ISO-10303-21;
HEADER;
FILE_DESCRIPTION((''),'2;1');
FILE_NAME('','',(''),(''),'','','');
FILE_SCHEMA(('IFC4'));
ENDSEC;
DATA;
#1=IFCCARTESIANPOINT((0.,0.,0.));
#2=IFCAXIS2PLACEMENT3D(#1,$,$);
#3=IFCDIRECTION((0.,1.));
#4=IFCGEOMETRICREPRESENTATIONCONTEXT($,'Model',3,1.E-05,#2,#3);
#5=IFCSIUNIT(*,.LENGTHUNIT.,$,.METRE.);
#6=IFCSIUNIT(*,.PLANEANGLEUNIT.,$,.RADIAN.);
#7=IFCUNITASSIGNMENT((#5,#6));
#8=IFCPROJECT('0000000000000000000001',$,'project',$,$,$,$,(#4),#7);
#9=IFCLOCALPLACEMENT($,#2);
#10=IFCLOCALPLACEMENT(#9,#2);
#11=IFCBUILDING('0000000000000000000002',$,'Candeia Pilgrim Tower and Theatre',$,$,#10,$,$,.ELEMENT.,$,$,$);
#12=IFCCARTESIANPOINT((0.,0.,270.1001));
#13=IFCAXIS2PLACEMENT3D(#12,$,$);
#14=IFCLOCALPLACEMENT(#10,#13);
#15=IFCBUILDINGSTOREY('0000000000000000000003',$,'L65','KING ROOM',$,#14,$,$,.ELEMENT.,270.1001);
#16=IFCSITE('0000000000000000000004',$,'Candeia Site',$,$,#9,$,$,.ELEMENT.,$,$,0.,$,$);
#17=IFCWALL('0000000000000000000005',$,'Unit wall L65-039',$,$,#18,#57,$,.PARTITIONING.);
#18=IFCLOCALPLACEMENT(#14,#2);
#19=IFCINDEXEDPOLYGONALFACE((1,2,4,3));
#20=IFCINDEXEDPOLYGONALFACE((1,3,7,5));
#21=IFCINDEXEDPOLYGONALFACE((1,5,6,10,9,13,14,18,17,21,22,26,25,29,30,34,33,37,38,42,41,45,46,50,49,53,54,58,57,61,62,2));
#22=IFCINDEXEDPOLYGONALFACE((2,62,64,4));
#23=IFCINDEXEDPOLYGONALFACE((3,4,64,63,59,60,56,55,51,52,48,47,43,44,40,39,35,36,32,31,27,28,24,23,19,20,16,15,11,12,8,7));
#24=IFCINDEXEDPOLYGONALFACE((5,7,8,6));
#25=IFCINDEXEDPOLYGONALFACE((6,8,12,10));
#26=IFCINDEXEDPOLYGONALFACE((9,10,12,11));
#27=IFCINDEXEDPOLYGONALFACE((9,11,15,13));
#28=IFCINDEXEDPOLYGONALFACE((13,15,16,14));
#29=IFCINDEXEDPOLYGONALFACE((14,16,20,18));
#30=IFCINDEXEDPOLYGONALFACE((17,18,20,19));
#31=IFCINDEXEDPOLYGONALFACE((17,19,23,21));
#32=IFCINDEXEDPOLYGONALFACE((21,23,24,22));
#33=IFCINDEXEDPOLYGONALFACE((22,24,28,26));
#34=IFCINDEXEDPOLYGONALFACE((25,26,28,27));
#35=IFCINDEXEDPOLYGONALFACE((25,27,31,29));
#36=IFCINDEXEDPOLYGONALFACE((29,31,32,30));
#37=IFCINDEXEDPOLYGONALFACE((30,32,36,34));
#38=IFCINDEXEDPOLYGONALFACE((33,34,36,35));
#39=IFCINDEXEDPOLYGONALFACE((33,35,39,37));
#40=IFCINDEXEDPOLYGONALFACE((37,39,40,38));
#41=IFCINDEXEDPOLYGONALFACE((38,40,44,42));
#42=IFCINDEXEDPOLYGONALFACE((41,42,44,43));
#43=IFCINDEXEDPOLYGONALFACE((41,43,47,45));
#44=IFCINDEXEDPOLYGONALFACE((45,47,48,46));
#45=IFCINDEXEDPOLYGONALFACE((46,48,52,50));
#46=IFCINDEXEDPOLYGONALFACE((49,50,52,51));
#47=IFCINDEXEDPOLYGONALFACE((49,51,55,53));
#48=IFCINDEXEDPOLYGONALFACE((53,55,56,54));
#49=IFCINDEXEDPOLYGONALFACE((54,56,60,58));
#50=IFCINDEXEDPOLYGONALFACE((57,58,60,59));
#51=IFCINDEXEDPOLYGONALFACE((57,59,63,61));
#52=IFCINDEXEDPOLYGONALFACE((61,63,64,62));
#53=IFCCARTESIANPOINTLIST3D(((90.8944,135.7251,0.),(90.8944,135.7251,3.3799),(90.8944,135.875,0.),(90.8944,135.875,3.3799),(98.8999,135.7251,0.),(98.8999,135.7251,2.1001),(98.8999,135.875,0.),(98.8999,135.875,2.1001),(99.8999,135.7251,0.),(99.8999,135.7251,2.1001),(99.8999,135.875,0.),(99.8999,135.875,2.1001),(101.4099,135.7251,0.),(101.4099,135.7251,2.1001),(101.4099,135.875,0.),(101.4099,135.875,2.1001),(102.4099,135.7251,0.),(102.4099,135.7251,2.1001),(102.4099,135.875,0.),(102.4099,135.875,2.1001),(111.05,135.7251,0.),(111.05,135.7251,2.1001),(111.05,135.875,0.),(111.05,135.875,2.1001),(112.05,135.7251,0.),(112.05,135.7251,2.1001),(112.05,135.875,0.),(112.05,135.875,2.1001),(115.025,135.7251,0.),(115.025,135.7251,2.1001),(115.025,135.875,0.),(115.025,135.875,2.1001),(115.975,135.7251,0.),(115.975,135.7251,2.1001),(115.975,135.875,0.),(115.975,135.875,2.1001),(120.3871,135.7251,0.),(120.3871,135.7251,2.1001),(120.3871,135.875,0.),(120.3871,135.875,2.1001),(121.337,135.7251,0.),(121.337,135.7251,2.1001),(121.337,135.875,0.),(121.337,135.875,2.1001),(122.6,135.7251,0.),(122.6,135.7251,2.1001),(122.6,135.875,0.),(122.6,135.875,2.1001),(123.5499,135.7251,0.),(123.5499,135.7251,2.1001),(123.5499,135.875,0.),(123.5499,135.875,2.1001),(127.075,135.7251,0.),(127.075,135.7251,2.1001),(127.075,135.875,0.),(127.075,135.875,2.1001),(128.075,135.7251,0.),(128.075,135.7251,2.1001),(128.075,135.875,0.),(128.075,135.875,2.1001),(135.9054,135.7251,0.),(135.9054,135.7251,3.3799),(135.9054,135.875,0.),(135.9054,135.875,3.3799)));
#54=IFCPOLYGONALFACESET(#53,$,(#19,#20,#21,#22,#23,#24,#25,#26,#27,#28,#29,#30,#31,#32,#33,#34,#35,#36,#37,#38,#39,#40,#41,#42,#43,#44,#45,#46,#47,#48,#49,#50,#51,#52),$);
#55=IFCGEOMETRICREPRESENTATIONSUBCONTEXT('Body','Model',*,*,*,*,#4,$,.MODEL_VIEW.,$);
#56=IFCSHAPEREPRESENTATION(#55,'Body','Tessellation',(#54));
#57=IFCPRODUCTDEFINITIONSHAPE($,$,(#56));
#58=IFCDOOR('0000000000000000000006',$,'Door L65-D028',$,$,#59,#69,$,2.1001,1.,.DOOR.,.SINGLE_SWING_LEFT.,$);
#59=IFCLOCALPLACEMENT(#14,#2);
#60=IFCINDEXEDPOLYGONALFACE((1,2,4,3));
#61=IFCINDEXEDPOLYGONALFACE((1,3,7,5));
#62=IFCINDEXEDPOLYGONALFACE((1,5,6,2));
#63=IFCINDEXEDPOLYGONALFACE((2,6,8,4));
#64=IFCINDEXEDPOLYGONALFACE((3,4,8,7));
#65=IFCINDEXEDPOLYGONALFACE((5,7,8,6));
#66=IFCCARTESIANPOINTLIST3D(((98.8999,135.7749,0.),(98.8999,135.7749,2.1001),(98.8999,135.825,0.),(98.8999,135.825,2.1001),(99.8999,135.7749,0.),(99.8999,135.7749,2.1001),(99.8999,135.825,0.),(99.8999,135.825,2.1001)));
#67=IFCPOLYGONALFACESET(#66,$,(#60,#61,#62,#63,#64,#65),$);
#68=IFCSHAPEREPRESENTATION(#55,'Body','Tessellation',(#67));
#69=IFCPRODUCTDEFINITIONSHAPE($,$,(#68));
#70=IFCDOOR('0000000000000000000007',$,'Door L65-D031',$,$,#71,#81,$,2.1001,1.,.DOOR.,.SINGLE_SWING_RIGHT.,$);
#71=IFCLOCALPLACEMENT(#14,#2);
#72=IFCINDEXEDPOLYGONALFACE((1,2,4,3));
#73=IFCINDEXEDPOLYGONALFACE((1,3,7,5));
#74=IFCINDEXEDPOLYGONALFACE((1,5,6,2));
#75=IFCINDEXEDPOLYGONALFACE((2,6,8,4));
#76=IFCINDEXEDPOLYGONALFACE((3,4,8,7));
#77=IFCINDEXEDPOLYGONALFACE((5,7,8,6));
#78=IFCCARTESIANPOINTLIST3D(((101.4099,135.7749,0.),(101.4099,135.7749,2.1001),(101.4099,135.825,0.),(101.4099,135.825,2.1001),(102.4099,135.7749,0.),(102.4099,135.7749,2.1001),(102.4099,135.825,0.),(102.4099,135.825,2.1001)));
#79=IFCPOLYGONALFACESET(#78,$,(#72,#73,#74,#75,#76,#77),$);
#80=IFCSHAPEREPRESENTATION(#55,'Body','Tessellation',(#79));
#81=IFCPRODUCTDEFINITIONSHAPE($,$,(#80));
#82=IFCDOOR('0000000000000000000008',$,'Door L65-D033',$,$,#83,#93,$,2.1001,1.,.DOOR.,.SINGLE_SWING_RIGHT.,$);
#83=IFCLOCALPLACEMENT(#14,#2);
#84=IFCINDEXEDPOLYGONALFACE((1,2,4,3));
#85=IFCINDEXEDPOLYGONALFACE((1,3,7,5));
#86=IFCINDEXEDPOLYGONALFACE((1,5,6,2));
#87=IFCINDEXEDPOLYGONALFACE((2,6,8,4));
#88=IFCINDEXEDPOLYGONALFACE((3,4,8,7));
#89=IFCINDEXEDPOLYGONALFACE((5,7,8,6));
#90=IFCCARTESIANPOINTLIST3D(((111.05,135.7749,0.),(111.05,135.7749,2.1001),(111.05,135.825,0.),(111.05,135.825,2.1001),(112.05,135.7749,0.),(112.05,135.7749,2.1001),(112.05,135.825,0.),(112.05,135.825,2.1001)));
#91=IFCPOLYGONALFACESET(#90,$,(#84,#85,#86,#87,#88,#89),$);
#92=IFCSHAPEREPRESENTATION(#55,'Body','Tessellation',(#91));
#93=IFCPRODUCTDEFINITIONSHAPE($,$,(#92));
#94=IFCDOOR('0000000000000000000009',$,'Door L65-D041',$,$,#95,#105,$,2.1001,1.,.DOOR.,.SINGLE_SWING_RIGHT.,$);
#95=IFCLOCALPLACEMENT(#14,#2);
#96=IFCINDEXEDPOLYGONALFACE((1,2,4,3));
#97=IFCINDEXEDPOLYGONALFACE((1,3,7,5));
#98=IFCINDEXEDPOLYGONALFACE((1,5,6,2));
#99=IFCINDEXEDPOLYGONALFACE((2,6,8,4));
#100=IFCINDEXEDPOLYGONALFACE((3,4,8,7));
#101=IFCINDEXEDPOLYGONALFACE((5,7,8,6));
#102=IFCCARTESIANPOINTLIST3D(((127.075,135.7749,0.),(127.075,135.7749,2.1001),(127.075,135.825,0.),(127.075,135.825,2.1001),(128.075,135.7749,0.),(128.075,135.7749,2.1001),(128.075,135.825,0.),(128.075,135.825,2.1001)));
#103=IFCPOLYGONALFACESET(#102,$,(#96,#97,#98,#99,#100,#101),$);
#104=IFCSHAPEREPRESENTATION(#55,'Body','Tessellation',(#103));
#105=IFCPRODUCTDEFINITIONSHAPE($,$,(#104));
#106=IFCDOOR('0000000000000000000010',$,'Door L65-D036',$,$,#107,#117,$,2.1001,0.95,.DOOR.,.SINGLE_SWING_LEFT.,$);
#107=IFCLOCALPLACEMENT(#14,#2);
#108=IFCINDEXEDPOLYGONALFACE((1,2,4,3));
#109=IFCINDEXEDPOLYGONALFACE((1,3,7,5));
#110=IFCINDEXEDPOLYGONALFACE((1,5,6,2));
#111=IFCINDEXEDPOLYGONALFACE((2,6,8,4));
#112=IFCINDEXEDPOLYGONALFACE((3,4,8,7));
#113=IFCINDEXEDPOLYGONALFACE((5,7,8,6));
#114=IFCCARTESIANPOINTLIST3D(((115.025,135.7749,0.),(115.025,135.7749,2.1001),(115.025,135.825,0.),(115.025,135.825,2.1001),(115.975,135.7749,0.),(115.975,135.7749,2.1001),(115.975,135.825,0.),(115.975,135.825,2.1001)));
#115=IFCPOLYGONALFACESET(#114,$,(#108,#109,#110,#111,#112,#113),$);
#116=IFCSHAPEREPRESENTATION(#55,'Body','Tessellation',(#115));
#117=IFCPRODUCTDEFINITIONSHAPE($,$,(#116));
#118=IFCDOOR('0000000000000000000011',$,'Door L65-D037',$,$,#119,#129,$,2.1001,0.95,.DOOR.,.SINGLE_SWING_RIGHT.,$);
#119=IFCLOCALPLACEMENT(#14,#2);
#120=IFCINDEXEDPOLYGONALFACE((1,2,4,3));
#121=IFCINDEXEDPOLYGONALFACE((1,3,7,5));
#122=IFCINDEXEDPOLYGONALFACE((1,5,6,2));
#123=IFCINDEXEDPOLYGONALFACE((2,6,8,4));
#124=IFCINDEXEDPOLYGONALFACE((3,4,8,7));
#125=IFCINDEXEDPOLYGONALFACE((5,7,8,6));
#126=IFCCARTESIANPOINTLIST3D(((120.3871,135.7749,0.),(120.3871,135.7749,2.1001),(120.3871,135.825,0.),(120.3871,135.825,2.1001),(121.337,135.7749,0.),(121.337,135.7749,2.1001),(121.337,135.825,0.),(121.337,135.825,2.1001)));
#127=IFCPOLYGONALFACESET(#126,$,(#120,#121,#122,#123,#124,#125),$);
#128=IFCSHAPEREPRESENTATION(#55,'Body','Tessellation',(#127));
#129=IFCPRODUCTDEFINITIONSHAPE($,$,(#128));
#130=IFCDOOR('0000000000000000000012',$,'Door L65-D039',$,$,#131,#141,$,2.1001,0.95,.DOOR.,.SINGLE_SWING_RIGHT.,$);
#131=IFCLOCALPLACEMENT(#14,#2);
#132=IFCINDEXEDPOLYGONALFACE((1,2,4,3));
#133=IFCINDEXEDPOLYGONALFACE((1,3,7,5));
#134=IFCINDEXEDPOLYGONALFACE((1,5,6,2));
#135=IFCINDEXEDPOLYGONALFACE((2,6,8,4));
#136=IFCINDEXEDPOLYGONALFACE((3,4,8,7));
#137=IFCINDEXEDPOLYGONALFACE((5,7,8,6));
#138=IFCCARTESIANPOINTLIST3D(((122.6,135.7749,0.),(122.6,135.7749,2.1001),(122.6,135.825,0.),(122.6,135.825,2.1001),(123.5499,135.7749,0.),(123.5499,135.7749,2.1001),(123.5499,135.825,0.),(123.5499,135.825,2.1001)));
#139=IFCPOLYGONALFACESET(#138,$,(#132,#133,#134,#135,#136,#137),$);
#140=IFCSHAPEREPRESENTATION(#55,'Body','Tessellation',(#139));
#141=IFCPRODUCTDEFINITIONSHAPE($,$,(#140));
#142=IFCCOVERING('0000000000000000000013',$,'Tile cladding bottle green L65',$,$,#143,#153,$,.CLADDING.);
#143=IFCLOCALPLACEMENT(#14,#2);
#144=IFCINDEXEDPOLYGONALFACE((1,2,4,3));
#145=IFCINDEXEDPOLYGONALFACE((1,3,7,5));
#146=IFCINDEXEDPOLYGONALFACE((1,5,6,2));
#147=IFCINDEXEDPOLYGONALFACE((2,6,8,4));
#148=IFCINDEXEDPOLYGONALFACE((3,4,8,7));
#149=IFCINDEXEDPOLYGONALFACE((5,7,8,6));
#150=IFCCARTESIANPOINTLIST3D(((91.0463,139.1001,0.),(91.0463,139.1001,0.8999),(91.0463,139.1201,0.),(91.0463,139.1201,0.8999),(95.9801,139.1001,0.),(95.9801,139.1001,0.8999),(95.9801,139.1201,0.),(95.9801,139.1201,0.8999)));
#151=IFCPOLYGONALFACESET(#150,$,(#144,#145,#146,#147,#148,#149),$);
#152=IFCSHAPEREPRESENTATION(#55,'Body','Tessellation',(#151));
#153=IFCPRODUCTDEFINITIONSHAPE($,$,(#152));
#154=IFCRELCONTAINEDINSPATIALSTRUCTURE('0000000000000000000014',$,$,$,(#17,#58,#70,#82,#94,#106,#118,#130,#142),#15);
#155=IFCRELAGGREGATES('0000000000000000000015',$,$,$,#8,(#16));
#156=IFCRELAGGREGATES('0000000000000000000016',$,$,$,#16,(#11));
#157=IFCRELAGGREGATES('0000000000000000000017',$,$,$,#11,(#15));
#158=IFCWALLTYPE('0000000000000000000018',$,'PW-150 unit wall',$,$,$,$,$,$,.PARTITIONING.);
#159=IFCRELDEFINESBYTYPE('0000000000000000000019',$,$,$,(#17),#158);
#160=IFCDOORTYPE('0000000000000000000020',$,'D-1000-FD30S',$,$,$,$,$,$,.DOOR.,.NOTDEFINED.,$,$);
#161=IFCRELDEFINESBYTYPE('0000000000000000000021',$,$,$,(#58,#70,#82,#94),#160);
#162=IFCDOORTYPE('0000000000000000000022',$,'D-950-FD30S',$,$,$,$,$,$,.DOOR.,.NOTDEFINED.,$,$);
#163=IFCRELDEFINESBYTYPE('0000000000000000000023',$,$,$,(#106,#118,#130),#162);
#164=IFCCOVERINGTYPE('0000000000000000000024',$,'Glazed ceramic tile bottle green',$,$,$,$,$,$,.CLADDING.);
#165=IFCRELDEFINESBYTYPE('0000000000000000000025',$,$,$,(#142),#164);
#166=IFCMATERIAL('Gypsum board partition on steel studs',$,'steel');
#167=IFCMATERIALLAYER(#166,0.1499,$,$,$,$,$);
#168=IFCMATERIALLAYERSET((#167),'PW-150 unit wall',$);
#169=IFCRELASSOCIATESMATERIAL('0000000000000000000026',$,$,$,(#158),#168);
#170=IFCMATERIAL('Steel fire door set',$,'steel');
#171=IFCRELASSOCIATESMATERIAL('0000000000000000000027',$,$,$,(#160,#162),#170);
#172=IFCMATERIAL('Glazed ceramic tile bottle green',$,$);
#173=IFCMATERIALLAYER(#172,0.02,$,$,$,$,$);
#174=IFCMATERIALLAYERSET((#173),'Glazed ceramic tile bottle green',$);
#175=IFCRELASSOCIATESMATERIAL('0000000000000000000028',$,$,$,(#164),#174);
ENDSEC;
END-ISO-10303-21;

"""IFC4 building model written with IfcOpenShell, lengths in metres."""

from ifc_helpers import new_model, si_unit, direction, frame, frame_2d, origin, origin_2d, place, context, subcontext, project, spatial, rectangle, extrude, material, layer, layer_set, type_object, element, fill, save


model = new_model("IFC4")

# Units and contexts
model_context = context("Model", 3, precision=1e-05, world=origin(), true_north=direction((0.0, 1.0)))
body_context = subcontext(model_context, "Body", "Model", "MODEL_VIEW")
ifc_project = project(units=[si_unit("LENGTHUNIT", "METRE"), si_unit("PLANEANGLEUNIT", "RADIAN")], contexts=[model_context])

# Site, building, storey
site_placement = place(None, origin())
site = spatial("IfcSite", under=ifc_project, at=site_placement, Name="Candeia Site", CompositionType="ELEMENT", RefElevation=0.0)
building_placement = place(site_placement, origin())
building = spatial("IfcBuilding", under=site, at=building_placement, Name="Candeia Pilgrim Tower and Theatre", CompositionType="ELEMENT")
storey_placement = place(building_placement, frame((0.0, 0.0, 270.1001)))
storey = spatial("IfcBuildingStorey", under=building, at=storey_placement, Name="L65", Description="KING ROOM", CompositionType="ELEMENT", Elevation=270.1001)

# Shared definitions
ifc_material_1 = material(Name="Gypsum board partition on steel studs", Category="steel")

# Wall, openings, doors
ifc_layer_1 = layer(ifc_material_1, 0.1499)
ifc_layer_set_1 = layer_set([ifc_layer_1], Name="PW-150 unit wall")
wall_type_1 = type_object("IfcWallType", Name="PW-150 unit wall", PredefinedType="PARTITIONING", material=ifc_layer_set_1)
wall_1_placement = place(storey_placement, frame((90.8945, 135.8, 0.0), z_axis=(0.0, 0.0, 1.0), x_axis=(1.0, 0.0, 0.0)))
wall_1 = element("IfcWall", 1, at=wall_1_placement, inside=storey, type_object=wall_type_1, Name="Unit wall L65-039", PredefinedType="PARTITIONING", context=body_context, shape_type="SweptSolid", body=[
    extrude(rectangle(XDim=45.011, YDim=0.1499, at=frame_2d((22.5054, 0.0))), origin(), (0.0, 0.0, 1.0), 3.3799),
])
opening_1_placement = place(wall_1_placement, frame((8.0054, 0.0, 0.0)))
opening_1 = element("IfcOpeningElement", 2, at=opening_1_placement, cuts=wall_1, PredefinedType="OPENING", context=body_context, shape_type="SweptSolid", body=[
    extrude(rectangle(XDim=1.0, YDim=2.1001, at=frame_2d((0.5, 1.05))), frame((0.0, 0.085, 0.0), z_axis=(0.0, -1.0, 0.0), x_axis=(1.0, 0.0, 0.0)), (0.0, 0.0, 1.0), 0.1699),
])
opening_2_placement = place(wall_1_placement, frame((10.5154, 0.0, 0.0)))
opening_2 = element("IfcOpeningElement", 3, at=opening_2_placement, cuts=wall_1, PredefinedType="OPENING", context=body_context, shape_type="SweptSolid", body=[
    extrude(rectangle(XDim=1.0, YDim=2.1001, at=frame_2d((0.5, 1.05))), frame((0.0, 0.085, 0.0), z_axis=(0.0, -1.0, 0.0), x_axis=(1.0, 0.0, 0.0)), (0.0, 0.0, 1.0), 0.1699),
])
opening_3_placement = place(wall_1_placement, frame((20.1555, 0.0, 0.0)))
opening_3 = element("IfcOpeningElement", 4, at=opening_3_placement, cuts=wall_1, PredefinedType="OPENING", context=body_context, shape_type="SweptSolid", body=[
    extrude(rectangle(XDim=1.0, YDim=2.1001, at=frame_2d((0.5, 1.05))), frame((0.0, 0.085, 0.0), z_axis=(0.0, -1.0, 0.0), x_axis=(1.0, 0.0, 0.0)), (0.0, 0.0, 1.0), 0.1699),
])
opening_4_placement = place(wall_1_placement, frame((24.1304, 0.0, 0.0)))
opening_4 = element("IfcOpeningElement", 5, at=opening_4_placement, cuts=wall_1, PredefinedType="OPENING", context=body_context, shape_type="SweptSolid", body=[
    extrude(rectangle(XDim=0.95, YDim=2.1001, at=frame_2d((0.4751, 1.05))), frame((0.0, 0.085, 0.0), z_axis=(0.0, -1.0, 0.0), x_axis=(1.0, 0.0, 0.0)), (0.0, 0.0, 1.0), 0.1699),
])
opening_5_placement = place(wall_1_placement, frame((29.4924, 0.0, 0.0)))
opening_5 = element("IfcOpeningElement", 6, at=opening_5_placement, cuts=wall_1, PredefinedType="OPENING", context=body_context, shape_type="SweptSolid", body=[
    extrude(rectangle(XDim=0.95, YDim=2.1001, at=frame_2d((0.4751, 1.05))), frame((0.0, 0.085, 0.0), z_axis=(0.0, -1.0, 0.0), x_axis=(1.0, 0.0, 0.0)), (0.0, 0.0, 1.0), 0.1699),
])
opening_6_placement = place(wall_1_placement, frame((31.7053, 0.0, 0.0)))
opening_6 = element("IfcOpeningElement", 7, at=opening_6_placement, cuts=wall_1, PredefinedType="OPENING", context=body_context, shape_type="SweptSolid", body=[
    extrude(rectangle(XDim=0.95, YDim=2.1001, at=frame_2d((0.4751, 1.05))), frame((0.0, 0.085, 0.0), z_axis=(0.0, -1.0, 0.0), x_axis=(1.0, 0.0, 0.0)), (0.0, 0.0, 1.0), 0.1699),
])
opening_7_placement = place(wall_1_placement, frame((36.1804, 0.0, 0.0)))
opening_7 = element("IfcOpeningElement", 8, at=opening_7_placement, cuts=wall_1, PredefinedType="OPENING", context=body_context, shape_type="SweptSolid", body=[
    extrude(rectangle(XDim=1.0, YDim=2.1001, at=frame_2d((0.5, 1.05))), frame((0.0, 0.085, 0.0), z_axis=(0.0, -1.0, 0.0), x_axis=(1.0, 0.0, 0.0)), (0.0, 0.0, 1.0), 0.1699),
])
ifc_material_2 = material(Name="Steel fire door set", Category="steel")
door_type_1 = type_object("IfcDoorType", Name="D-1000-FD30S", OperationType="NOTDEFINED", PredefinedType="DOOR", material=ifc_material_2)
door_1_placement = place(opening_1_placement, origin())
door_1 = element("IfcDoor", 9, at=door_1_placement, inside=storey, type_object=door_type_1, Name="Door L65-D028", OperationType="SINGLE_SWING_LEFT", OverallHeight=2.1001, OverallWidth=1.0, PredefinedType="DOOR", context=body_context, shape_type="SweptSolid", body=[
    extrude(rectangle(XDim=1.0, YDim=2.1001, at=frame_2d((0.5, 1.05))), frame((0.0, 0.0249, 0.0), z_axis=(0.0, -1.0, 0.0), x_axis=(1.0, 0.0, 0.0)), (0.0, 0.0, 1.0), 0.05),
])
fill(opening_1, door_1)
door_2_placement = place(opening_2_placement, origin())
door_2 = element("IfcDoor", 10, at=door_2_placement, inside=storey, type_object=door_type_1, Name="Door L65-D031", OperationType="SINGLE_SWING_RIGHT", OverallHeight=2.1001, OverallWidth=1.0, PredefinedType="DOOR", context=body_context, shape_type="SweptSolid", body=[
    extrude(rectangle(XDim=1.0, YDim=2.1001, at=frame_2d((0.5, 1.05))), frame((0.0, 0.0249, 0.0), z_axis=(0.0, -1.0, 0.0), x_axis=(1.0, 0.0, 0.0)), (0.0, 0.0, 1.0), 0.05),
])
fill(opening_2, door_2)
door_3_placement = place(opening_3_placement, origin())
door_3 = element("IfcDoor", 11, at=door_3_placement, inside=storey, type_object=door_type_1, Name="Door L65-D033", OperationType="SINGLE_SWING_RIGHT", OverallHeight=2.1001, OverallWidth=1.0, PredefinedType="DOOR", context=body_context, shape_type="SweptSolid", body=[
    extrude(rectangle(XDim=1.0, YDim=2.1001, at=frame_2d((0.5, 1.05))), frame((0.0, 0.0249, 0.0), z_axis=(0.0, -1.0, 0.0), x_axis=(1.0, 0.0, 0.0)), (0.0, 0.0, 1.0), 0.05),
])
fill(opening_3, door_3)
door_4_placement = place(opening_7_placement, origin())
door_4 = element("IfcDoor", 12, at=door_4_placement, inside=storey, type_object=door_type_1, Name="Door L65-D041", OperationType="SINGLE_SWING_RIGHT", OverallHeight=2.1001, OverallWidth=1.0, PredefinedType="DOOR", context=body_context, shape_type="SweptSolid", body=[
    extrude(rectangle(XDim=1.0, YDim=2.1001, at=frame_2d((0.5, 1.05))), frame((0.0, 0.0249, 0.0), z_axis=(0.0, -1.0, 0.0), x_axis=(1.0, 0.0, 0.0)), (0.0, 0.0, 1.0), 0.05),
])
fill(opening_7, door_4)
door_type_2 = type_object("IfcDoorType", Name="D-950-FD30S", OperationType="NOTDEFINED", PredefinedType="DOOR", material=ifc_material_2)
door_5_placement = place(opening_4_placement, origin())
door_5 = element("IfcDoor", 13, at=door_5_placement, inside=storey, type_object=door_type_2, Name="Door L65-D036", OperationType="SINGLE_SWING_LEFT", OverallHeight=2.1001, OverallWidth=0.95, PredefinedType="DOOR", context=body_context, shape_type="SweptSolid", body=[
    extrude(rectangle(XDim=0.95, YDim=2.1001, at=frame_2d((0.4751, 1.05))), frame((0.0, 0.0249, 0.0), z_axis=(0.0, -1.0, 0.0), x_axis=(1.0, 0.0, 0.0)), (0.0, 0.0, 1.0), 0.05),
])
fill(opening_4, door_5)
door_6_placement = place(opening_5_placement, origin())
door_6 = element("IfcDoor", 14, at=door_6_placement, inside=storey, type_object=door_type_2, Name="Door L65-D037", OperationType="SINGLE_SWING_RIGHT", OverallHeight=2.1001, OverallWidth=0.95, PredefinedType="DOOR", context=body_context, shape_type="SweptSolid", body=[
    extrude(rectangle(XDim=0.95, YDim=2.1001, at=frame_2d((0.4751, 1.05))), frame((0.0, 0.0249, 0.0), z_axis=(0.0, -1.0, 0.0), x_axis=(1.0, 0.0, 0.0)), (0.0, 0.0, 1.0), 0.05),
])
fill(opening_5, door_6)
door_7_placement = place(opening_6_placement, origin())
door_7 = element("IfcDoor", 15, at=door_7_placement, inside=storey, type_object=door_type_2, Name="Door L65-D039", OperationType="SINGLE_SWING_RIGHT", OverallHeight=2.1001, OverallWidth=0.95, PredefinedType="DOOR", context=body_context, shape_type="SweptSolid", body=[
    extrude(rectangle(XDim=0.95, YDim=2.1001, at=frame_2d((0.4751, 1.05))), frame((0.0, 0.0249, 0.0), z_axis=(0.0, -1.0, 0.0), x_axis=(1.0, 0.0, 0.0)), (0.0, 0.0, 1.0), 0.05),
])
fill(opening_6, door_7)

# Covering
ifc_material_3 = material(Name="Glazed ceramic tile bottle green")
ifc_layer_2 = layer(ifc_material_3, 0.02)
ifc_layer_set_2 = layer_set([ifc_layer_2], Name="Glazed ceramic tile bottle green")
covering_type_1 = type_object("IfcCoveringType", Name="Glazed ceramic tile bottle green", PredefinedType="CLADDING", material=ifc_layer_set_2)
covering_1_placement = place(storey_placement, frame((93.5132, 139.1101, 0.0), z_axis=(0.0, 0.0, 1.0), x_axis=(-1.0, 0.0, 0.0)))
element("IfcCovering", 16, at=covering_1_placement, inside=storey, type_object=covering_type_1, Name="Tile cladding bottle green L65", PredefinedType="CLADDING", context=body_context, shape_type="SweptSolid", body=[
    extrude(rectangle(XDim=4.9338, YDim=0.02, at=origin_2d()), origin(), (0.0, 0.0, 1.0), 0.8999),
])

save(model, "model.ifc")
